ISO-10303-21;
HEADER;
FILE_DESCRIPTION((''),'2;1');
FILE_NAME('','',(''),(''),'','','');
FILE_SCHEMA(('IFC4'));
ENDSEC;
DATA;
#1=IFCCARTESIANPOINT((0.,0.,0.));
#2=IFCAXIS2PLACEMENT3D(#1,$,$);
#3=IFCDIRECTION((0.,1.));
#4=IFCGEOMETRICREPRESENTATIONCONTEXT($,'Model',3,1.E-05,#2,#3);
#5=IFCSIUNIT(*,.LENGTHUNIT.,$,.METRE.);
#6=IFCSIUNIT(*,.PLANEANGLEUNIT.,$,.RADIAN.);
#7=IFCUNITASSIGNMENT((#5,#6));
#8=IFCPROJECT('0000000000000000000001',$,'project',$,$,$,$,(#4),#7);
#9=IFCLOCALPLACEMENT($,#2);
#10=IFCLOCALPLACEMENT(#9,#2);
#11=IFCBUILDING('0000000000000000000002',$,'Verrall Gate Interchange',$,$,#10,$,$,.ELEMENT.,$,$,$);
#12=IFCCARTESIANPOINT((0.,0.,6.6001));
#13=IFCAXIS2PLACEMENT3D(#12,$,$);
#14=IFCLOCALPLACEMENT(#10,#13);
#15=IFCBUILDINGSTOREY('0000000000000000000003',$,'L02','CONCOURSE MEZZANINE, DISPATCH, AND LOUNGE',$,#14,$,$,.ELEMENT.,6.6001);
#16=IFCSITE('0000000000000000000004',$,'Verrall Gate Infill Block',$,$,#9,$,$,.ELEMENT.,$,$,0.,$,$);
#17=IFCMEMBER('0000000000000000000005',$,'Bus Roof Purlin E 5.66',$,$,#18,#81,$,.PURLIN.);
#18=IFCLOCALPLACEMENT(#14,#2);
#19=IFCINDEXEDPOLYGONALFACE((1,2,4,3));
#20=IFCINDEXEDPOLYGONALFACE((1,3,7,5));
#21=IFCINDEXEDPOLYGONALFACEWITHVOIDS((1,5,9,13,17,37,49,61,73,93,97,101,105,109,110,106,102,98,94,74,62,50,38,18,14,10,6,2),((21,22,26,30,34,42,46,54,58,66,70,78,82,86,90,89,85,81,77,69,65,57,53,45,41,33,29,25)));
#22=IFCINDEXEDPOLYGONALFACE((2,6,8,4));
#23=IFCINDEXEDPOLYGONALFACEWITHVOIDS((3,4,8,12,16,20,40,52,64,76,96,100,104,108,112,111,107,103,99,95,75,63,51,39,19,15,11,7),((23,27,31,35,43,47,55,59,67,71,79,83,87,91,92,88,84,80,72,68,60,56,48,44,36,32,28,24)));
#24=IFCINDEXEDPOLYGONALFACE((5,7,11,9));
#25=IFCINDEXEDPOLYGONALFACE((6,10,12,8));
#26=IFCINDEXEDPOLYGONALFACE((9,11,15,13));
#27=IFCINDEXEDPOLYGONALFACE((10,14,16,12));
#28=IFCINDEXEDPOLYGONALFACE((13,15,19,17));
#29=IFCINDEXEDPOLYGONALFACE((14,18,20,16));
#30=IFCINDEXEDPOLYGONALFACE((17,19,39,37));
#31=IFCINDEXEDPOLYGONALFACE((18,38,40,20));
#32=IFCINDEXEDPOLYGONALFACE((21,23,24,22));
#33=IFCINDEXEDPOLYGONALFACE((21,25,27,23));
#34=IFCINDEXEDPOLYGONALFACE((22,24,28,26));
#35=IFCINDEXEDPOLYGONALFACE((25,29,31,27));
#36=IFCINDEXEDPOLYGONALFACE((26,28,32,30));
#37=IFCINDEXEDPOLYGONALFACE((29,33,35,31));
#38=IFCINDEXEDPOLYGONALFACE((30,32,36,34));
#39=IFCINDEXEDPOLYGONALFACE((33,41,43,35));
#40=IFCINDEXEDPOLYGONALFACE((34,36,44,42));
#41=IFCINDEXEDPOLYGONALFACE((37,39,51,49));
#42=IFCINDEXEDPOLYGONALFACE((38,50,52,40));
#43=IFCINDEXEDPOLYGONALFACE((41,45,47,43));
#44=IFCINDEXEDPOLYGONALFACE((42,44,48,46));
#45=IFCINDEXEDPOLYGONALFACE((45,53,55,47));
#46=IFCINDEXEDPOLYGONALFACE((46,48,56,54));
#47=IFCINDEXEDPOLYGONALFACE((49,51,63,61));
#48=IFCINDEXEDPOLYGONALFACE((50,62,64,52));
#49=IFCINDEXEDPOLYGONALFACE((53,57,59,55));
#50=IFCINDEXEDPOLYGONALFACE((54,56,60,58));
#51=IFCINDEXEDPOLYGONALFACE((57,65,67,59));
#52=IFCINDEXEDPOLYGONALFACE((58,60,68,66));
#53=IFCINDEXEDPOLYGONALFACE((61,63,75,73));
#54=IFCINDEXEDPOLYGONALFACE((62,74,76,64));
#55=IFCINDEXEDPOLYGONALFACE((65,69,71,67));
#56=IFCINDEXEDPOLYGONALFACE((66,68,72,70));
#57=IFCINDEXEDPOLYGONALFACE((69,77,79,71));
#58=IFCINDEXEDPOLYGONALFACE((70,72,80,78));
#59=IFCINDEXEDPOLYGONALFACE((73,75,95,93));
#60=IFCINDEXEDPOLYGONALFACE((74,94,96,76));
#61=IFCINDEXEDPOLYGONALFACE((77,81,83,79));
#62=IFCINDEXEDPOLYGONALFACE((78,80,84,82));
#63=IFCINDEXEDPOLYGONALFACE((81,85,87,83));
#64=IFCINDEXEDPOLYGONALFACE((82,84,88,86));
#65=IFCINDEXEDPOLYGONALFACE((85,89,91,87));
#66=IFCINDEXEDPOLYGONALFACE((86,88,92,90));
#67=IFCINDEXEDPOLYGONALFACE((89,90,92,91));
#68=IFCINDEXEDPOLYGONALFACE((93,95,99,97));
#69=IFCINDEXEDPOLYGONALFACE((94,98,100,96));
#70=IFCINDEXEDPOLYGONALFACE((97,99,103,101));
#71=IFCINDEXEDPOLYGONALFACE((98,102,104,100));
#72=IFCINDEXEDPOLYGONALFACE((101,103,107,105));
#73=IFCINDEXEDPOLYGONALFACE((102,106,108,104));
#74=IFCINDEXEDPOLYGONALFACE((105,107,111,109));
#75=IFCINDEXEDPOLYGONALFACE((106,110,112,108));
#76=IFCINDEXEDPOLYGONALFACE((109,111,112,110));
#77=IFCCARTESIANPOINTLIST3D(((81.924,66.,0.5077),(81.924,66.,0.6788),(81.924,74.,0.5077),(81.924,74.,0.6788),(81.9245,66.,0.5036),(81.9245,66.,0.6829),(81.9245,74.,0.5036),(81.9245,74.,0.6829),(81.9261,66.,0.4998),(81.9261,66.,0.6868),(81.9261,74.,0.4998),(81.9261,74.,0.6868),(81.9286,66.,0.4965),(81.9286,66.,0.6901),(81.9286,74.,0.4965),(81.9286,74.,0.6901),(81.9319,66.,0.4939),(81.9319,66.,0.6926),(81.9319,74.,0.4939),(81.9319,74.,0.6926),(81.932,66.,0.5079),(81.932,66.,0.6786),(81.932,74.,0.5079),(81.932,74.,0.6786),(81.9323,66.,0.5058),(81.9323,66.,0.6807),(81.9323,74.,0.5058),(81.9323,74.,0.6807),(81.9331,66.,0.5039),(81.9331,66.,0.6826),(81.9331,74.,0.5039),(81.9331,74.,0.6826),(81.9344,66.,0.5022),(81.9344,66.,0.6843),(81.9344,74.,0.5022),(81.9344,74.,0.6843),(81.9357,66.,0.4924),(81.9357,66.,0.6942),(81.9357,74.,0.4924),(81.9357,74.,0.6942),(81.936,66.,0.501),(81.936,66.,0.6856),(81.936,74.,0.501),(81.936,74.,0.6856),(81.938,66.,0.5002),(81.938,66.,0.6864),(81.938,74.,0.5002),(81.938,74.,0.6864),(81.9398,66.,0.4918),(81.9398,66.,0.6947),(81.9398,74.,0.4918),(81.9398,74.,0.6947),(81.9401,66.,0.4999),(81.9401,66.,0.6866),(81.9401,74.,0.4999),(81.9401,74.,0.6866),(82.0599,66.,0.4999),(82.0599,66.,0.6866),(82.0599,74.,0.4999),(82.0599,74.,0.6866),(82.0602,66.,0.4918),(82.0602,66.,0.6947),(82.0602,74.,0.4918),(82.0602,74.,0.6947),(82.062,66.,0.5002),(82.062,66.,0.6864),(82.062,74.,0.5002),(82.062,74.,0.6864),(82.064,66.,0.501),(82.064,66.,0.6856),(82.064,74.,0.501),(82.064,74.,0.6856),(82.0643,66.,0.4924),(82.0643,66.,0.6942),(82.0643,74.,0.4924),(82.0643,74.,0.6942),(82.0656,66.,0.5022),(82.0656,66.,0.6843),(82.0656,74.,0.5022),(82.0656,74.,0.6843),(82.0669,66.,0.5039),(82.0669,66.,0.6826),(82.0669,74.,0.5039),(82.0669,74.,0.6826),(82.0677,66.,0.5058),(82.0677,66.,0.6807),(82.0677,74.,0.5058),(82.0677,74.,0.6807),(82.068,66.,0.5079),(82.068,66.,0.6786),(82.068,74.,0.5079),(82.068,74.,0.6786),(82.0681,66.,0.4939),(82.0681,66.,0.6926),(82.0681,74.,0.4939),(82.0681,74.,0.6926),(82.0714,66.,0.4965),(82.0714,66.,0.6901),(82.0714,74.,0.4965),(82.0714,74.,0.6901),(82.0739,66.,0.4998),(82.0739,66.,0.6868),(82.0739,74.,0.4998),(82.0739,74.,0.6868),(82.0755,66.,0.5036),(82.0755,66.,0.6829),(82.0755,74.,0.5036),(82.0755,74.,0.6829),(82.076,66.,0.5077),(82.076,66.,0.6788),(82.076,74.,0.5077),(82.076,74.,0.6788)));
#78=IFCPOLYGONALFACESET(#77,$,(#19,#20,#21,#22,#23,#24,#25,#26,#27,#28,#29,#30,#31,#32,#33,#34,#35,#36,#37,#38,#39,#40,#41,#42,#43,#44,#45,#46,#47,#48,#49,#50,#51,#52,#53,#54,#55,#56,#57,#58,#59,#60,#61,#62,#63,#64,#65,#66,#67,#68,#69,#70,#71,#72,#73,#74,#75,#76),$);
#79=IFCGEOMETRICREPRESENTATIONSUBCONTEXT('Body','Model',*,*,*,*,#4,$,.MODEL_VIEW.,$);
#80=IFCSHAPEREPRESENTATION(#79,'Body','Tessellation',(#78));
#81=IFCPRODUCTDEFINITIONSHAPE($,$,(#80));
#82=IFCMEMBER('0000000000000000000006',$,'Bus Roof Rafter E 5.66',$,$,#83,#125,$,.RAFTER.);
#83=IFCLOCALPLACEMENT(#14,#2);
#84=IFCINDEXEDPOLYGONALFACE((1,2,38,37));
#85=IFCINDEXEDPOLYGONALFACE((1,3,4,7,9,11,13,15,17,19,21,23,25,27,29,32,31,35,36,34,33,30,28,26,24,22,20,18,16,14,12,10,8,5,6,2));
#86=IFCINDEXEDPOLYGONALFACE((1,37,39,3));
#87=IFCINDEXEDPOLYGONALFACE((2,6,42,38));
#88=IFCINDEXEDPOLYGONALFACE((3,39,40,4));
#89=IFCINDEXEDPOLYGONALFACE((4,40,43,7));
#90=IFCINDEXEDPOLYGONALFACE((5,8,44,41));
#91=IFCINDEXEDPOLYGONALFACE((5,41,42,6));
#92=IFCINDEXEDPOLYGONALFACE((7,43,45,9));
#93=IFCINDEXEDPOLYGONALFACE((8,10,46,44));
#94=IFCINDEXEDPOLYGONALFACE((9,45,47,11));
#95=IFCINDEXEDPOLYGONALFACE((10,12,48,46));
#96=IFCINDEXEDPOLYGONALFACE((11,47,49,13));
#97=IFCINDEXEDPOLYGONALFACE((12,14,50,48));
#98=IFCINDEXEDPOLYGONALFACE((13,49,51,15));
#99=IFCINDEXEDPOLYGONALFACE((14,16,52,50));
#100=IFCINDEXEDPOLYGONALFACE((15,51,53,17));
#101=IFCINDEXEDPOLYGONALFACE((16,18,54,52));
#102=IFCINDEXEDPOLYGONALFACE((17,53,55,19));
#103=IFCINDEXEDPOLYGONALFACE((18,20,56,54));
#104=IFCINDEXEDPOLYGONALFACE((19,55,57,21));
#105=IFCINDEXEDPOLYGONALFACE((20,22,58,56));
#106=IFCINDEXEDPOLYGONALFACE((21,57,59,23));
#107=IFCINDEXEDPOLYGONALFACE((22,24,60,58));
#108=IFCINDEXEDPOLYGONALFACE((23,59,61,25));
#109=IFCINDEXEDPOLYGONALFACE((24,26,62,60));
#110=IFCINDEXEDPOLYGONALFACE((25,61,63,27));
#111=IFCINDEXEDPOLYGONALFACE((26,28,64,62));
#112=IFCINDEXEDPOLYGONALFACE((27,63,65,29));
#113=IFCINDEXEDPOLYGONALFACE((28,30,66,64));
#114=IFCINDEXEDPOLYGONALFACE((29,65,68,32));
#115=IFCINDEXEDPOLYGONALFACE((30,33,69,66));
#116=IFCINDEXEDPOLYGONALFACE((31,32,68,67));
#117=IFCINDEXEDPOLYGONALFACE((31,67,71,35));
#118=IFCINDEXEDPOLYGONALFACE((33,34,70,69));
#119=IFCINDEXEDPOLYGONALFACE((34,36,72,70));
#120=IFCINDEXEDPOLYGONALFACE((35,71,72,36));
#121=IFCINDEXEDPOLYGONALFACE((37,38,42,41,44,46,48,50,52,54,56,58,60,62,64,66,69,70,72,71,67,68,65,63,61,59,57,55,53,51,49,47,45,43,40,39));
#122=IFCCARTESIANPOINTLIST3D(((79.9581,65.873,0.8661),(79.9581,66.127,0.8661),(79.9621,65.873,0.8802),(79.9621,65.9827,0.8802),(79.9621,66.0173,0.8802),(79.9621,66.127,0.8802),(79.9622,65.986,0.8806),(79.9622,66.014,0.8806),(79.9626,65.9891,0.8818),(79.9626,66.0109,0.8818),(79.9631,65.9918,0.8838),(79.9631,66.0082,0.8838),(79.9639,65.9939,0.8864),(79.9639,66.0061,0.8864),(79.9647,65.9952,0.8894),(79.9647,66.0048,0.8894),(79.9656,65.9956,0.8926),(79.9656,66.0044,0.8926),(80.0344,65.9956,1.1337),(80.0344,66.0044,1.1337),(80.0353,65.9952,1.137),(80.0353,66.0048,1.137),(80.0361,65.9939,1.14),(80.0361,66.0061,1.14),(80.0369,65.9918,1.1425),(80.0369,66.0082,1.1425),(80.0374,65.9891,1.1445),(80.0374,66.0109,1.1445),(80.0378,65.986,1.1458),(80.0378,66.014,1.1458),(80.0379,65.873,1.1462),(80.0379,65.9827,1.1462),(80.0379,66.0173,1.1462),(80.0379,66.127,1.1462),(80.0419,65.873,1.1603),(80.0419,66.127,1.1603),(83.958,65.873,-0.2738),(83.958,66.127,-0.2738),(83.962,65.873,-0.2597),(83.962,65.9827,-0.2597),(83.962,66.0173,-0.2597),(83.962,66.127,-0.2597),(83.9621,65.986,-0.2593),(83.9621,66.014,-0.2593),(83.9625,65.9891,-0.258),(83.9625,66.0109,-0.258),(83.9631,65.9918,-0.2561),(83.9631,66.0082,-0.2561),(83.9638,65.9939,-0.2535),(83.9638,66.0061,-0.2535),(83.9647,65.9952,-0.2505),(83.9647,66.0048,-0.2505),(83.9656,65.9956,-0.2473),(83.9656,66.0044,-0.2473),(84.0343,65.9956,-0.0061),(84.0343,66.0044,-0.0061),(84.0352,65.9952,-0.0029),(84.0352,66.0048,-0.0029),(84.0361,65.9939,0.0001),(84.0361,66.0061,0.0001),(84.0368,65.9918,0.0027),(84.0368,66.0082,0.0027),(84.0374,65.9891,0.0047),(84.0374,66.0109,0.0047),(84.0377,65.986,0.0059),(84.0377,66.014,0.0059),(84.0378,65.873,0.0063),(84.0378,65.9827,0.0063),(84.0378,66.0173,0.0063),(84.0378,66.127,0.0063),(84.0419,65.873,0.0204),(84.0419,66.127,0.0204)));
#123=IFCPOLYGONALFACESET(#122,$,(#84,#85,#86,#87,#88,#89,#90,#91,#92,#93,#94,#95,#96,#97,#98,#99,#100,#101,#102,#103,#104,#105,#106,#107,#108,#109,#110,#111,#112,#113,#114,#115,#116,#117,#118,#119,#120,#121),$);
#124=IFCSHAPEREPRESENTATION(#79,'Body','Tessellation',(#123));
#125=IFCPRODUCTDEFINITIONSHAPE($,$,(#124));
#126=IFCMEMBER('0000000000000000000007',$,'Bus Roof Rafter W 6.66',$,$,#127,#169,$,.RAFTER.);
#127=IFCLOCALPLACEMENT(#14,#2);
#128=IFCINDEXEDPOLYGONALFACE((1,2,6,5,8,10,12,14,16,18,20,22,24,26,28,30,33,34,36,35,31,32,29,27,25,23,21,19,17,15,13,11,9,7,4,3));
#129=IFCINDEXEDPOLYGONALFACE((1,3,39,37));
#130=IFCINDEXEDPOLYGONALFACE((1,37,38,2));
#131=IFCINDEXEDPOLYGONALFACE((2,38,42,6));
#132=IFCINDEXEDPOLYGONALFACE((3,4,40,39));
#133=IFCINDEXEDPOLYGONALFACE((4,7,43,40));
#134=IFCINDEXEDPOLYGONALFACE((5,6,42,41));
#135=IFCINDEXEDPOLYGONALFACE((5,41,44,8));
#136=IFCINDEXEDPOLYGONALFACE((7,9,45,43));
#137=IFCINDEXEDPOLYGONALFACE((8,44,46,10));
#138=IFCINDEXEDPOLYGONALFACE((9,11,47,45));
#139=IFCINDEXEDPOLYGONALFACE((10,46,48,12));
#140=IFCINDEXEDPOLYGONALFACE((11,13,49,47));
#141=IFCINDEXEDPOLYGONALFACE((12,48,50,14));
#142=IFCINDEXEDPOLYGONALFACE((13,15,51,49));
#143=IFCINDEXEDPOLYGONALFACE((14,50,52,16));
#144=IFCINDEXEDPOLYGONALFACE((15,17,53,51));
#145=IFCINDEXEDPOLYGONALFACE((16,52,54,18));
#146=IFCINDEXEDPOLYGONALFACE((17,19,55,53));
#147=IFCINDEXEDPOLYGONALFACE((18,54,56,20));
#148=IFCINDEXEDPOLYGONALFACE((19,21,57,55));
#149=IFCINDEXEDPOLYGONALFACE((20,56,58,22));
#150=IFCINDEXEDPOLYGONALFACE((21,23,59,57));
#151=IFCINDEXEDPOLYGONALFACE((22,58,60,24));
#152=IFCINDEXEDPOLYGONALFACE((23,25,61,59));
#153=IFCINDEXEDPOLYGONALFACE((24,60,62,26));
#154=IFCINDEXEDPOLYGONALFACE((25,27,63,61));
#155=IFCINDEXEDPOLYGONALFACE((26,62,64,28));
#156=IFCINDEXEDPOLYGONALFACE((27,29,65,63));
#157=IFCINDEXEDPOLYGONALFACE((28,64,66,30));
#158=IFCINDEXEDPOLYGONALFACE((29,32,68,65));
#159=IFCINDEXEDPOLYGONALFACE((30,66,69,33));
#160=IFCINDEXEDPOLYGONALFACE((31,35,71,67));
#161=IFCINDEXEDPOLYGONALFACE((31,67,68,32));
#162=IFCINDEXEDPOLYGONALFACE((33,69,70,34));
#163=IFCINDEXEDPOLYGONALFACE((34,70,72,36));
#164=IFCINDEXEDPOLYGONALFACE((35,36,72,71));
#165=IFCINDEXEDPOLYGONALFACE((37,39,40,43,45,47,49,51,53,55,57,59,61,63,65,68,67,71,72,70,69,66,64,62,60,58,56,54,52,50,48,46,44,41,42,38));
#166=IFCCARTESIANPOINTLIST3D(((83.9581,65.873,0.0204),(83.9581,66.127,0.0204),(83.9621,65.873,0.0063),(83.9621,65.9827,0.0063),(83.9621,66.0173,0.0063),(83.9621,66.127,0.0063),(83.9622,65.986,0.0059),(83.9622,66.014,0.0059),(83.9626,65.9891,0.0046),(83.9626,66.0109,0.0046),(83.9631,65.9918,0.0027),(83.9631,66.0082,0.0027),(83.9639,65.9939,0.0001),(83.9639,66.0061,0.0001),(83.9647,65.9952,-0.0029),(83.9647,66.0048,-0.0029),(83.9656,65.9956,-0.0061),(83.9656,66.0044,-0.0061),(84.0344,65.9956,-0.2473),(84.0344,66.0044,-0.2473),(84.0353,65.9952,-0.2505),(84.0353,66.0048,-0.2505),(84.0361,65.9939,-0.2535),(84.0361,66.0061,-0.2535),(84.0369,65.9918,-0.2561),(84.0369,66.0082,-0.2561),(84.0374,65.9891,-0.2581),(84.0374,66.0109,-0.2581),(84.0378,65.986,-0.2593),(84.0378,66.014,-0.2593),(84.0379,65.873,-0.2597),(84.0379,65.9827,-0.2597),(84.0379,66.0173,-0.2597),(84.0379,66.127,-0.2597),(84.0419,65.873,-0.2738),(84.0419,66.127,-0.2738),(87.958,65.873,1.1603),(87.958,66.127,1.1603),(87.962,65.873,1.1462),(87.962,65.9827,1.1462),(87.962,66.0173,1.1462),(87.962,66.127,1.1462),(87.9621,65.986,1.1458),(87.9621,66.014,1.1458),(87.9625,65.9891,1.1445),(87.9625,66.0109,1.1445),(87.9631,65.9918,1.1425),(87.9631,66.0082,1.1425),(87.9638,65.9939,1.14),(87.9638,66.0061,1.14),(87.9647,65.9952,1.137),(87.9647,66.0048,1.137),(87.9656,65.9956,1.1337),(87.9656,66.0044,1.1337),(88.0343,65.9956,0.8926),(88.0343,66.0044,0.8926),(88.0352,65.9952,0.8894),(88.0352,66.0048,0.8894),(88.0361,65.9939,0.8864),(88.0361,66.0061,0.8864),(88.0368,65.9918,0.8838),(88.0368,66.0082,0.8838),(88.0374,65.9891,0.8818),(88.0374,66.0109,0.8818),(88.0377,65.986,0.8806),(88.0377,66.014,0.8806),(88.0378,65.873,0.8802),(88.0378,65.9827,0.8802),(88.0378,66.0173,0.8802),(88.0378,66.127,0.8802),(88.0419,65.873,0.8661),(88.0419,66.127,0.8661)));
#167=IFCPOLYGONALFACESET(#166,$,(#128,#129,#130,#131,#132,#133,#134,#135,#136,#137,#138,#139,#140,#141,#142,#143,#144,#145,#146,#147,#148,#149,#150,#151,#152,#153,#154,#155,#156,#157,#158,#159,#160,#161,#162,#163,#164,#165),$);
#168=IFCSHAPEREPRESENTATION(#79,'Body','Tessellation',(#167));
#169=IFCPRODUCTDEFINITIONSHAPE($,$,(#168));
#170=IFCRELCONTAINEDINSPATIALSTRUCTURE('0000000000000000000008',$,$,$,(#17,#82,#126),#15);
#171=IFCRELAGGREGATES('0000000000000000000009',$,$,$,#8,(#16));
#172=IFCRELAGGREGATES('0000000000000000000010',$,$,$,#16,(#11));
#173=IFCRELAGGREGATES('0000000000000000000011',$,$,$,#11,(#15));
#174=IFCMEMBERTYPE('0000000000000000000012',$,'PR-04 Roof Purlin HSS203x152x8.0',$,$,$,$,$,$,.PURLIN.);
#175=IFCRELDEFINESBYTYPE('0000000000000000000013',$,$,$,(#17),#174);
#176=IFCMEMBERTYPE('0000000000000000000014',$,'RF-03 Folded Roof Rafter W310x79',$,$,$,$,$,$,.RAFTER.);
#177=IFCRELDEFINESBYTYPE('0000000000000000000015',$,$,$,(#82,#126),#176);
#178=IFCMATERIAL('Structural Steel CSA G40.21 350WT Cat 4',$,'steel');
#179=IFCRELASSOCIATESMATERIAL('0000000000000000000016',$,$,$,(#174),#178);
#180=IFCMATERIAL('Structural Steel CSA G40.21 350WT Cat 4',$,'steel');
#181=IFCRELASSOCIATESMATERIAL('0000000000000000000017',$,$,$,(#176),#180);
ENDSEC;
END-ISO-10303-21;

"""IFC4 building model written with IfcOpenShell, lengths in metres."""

from ifc_helpers import new_model, si_unit, direction, frame, origin, origin_2d, place, context, subcontext, project, spatial, hollow_rectangle, i_section, extrude, material, material_profile, profile_set, type_object, element, save


model = new_model("IFC4")

# Units and contexts
model_context = context("Model", 3, precision=1e-05, world=origin(), true_north=direction((0.0, 1.0)))
body_context = subcontext(model_context, "Body", "Model", "MODEL_VIEW")
ifc_project = project(units=[si_unit("LENGTHUNIT", "METRE"), si_unit("PLANEANGLEUNIT", "RADIAN")], contexts=[model_context])

# Site, building, storey
site_placement = place(None, origin())
site = spatial("IfcSite", under=ifc_project, at=site_placement, Name="Verrall Gate Infill Block", CompositionType="ELEMENT", RefElevation=0.0)
building_placement = place(site_placement, origin())
building = spatial("IfcBuilding", under=site, at=building_placement, Name="Verrall Gate Interchange", CompositionType="ELEMENT")
storey_placement = place(building_placement, frame((0.0, 0.0, 6.6001)))
storey = spatial("IfcBuildingStorey", under=building, at=storey_placement, Name="L02", Description="CONCOURSE MEZZANINE, DISPATCH, AND LOUNGE", CompositionType="ELEMENT", Elevation=6.6001)

# Members
ifc_material_1 = material(Name="Structural Steel CSA G40.21 350WT Cat 4", Category="steel")
ifc_material_profile_1 = material_profile(ifc_material_1, hollow_rectangle(XDim=0.1521, YDim=0.2029, WallThickness=0.0081, InnerFilletRadius=0.0081, OuterFilletRadius=0.0159, at=origin_2d()), Name="HSS203x152x8.0")
ifc_profile_set_1 = profile_set([ifc_material_profile_1], Name="Structural Steel CSA G40.21 350WT Cat 4")
member_type_1 = type_object("IfcMemberType", Name="PR-04 Roof Purlin HSS203x152x8.0", PredefinedType="PURLIN", material=ifc_profile_set_1)
member_1_placement = place(storey_placement, frame((82.0, 66.0, 0.5933), z_axis=(0.0, 1.0, 0.0), x_axis=(-1.0, 0.0, 0.0)))
element("IfcMember", 1, at=member_1_placement, inside=storey, type_object=member_type_1, Name="Bus Roof Purlin E 5.66", PredefinedType="PURLIN", context=body_context, shape_type="SweptSolid", body=[
    extrude(hollow_rectangle(XDim=0.1521, YDim=0.2029, WallThickness=0.0081, InnerFilletRadius=0.0081, OuterFilletRadius=0.0159, at=origin_2d()), origin(), (0.0, 0.0, 1.0), 8.0),
])
ifc_material_2 = material(Name="Structural Steel CSA G40.21 350WT Cat 4", Category="steel")
ifc_material_profile_2 = material_profile(ifc_material_2, i_section(OverallWidth=0.2539, OverallDepth=0.3059, WebThickness=0.0088, FlangeThickness=0.0146, FilletRadius=0.0129, at=origin_2d()), Name="W310x79")
ifc_profile_set_2 = profile_set([ifc_material_profile_2], Name="Structural Steel CSA G40.21 350WT Cat 4")
member_type_2 = type_object("IfcMemberType", Name="RF-03 Folded Roof Rafter W310x79", PredefinedType="RAFTER", material=ifc_profile_set_2)
for number, where, z_axis, x_axis, name in (
    (2, (80.0, 66.0, 1.0132), (0.961712, 0.0, -0.274062), (0.0, 1.0, 0.0), "Bus Roof Rafter E 5.66"),
    (3, (84.0, 66.0, -0.1267), (0.961712, 0.0, 0.274062), (0.0, 1.0, 0.0), "Bus Roof Rafter W 6.66"),
):
    element("IfcMember", number, at=place(storey_placement, frame(where, z_axis=z_axis, x_axis=x_axis)), inside=storey, type_object=member_type_2, Name=name, PredefinedType="RAFTER", context=body_context, shape_type="SweptSolid", body=[
        extrude(i_section(OverallWidth=0.2539, OverallDepth=0.3059, WebThickness=0.0088, FlangeThickness=0.0146, FilletRadius=0.0129, at=origin_2d()), origin(), (0.0, 0.0, 1.0), 4.1592),
    ])

save(model, "model.ifc")
